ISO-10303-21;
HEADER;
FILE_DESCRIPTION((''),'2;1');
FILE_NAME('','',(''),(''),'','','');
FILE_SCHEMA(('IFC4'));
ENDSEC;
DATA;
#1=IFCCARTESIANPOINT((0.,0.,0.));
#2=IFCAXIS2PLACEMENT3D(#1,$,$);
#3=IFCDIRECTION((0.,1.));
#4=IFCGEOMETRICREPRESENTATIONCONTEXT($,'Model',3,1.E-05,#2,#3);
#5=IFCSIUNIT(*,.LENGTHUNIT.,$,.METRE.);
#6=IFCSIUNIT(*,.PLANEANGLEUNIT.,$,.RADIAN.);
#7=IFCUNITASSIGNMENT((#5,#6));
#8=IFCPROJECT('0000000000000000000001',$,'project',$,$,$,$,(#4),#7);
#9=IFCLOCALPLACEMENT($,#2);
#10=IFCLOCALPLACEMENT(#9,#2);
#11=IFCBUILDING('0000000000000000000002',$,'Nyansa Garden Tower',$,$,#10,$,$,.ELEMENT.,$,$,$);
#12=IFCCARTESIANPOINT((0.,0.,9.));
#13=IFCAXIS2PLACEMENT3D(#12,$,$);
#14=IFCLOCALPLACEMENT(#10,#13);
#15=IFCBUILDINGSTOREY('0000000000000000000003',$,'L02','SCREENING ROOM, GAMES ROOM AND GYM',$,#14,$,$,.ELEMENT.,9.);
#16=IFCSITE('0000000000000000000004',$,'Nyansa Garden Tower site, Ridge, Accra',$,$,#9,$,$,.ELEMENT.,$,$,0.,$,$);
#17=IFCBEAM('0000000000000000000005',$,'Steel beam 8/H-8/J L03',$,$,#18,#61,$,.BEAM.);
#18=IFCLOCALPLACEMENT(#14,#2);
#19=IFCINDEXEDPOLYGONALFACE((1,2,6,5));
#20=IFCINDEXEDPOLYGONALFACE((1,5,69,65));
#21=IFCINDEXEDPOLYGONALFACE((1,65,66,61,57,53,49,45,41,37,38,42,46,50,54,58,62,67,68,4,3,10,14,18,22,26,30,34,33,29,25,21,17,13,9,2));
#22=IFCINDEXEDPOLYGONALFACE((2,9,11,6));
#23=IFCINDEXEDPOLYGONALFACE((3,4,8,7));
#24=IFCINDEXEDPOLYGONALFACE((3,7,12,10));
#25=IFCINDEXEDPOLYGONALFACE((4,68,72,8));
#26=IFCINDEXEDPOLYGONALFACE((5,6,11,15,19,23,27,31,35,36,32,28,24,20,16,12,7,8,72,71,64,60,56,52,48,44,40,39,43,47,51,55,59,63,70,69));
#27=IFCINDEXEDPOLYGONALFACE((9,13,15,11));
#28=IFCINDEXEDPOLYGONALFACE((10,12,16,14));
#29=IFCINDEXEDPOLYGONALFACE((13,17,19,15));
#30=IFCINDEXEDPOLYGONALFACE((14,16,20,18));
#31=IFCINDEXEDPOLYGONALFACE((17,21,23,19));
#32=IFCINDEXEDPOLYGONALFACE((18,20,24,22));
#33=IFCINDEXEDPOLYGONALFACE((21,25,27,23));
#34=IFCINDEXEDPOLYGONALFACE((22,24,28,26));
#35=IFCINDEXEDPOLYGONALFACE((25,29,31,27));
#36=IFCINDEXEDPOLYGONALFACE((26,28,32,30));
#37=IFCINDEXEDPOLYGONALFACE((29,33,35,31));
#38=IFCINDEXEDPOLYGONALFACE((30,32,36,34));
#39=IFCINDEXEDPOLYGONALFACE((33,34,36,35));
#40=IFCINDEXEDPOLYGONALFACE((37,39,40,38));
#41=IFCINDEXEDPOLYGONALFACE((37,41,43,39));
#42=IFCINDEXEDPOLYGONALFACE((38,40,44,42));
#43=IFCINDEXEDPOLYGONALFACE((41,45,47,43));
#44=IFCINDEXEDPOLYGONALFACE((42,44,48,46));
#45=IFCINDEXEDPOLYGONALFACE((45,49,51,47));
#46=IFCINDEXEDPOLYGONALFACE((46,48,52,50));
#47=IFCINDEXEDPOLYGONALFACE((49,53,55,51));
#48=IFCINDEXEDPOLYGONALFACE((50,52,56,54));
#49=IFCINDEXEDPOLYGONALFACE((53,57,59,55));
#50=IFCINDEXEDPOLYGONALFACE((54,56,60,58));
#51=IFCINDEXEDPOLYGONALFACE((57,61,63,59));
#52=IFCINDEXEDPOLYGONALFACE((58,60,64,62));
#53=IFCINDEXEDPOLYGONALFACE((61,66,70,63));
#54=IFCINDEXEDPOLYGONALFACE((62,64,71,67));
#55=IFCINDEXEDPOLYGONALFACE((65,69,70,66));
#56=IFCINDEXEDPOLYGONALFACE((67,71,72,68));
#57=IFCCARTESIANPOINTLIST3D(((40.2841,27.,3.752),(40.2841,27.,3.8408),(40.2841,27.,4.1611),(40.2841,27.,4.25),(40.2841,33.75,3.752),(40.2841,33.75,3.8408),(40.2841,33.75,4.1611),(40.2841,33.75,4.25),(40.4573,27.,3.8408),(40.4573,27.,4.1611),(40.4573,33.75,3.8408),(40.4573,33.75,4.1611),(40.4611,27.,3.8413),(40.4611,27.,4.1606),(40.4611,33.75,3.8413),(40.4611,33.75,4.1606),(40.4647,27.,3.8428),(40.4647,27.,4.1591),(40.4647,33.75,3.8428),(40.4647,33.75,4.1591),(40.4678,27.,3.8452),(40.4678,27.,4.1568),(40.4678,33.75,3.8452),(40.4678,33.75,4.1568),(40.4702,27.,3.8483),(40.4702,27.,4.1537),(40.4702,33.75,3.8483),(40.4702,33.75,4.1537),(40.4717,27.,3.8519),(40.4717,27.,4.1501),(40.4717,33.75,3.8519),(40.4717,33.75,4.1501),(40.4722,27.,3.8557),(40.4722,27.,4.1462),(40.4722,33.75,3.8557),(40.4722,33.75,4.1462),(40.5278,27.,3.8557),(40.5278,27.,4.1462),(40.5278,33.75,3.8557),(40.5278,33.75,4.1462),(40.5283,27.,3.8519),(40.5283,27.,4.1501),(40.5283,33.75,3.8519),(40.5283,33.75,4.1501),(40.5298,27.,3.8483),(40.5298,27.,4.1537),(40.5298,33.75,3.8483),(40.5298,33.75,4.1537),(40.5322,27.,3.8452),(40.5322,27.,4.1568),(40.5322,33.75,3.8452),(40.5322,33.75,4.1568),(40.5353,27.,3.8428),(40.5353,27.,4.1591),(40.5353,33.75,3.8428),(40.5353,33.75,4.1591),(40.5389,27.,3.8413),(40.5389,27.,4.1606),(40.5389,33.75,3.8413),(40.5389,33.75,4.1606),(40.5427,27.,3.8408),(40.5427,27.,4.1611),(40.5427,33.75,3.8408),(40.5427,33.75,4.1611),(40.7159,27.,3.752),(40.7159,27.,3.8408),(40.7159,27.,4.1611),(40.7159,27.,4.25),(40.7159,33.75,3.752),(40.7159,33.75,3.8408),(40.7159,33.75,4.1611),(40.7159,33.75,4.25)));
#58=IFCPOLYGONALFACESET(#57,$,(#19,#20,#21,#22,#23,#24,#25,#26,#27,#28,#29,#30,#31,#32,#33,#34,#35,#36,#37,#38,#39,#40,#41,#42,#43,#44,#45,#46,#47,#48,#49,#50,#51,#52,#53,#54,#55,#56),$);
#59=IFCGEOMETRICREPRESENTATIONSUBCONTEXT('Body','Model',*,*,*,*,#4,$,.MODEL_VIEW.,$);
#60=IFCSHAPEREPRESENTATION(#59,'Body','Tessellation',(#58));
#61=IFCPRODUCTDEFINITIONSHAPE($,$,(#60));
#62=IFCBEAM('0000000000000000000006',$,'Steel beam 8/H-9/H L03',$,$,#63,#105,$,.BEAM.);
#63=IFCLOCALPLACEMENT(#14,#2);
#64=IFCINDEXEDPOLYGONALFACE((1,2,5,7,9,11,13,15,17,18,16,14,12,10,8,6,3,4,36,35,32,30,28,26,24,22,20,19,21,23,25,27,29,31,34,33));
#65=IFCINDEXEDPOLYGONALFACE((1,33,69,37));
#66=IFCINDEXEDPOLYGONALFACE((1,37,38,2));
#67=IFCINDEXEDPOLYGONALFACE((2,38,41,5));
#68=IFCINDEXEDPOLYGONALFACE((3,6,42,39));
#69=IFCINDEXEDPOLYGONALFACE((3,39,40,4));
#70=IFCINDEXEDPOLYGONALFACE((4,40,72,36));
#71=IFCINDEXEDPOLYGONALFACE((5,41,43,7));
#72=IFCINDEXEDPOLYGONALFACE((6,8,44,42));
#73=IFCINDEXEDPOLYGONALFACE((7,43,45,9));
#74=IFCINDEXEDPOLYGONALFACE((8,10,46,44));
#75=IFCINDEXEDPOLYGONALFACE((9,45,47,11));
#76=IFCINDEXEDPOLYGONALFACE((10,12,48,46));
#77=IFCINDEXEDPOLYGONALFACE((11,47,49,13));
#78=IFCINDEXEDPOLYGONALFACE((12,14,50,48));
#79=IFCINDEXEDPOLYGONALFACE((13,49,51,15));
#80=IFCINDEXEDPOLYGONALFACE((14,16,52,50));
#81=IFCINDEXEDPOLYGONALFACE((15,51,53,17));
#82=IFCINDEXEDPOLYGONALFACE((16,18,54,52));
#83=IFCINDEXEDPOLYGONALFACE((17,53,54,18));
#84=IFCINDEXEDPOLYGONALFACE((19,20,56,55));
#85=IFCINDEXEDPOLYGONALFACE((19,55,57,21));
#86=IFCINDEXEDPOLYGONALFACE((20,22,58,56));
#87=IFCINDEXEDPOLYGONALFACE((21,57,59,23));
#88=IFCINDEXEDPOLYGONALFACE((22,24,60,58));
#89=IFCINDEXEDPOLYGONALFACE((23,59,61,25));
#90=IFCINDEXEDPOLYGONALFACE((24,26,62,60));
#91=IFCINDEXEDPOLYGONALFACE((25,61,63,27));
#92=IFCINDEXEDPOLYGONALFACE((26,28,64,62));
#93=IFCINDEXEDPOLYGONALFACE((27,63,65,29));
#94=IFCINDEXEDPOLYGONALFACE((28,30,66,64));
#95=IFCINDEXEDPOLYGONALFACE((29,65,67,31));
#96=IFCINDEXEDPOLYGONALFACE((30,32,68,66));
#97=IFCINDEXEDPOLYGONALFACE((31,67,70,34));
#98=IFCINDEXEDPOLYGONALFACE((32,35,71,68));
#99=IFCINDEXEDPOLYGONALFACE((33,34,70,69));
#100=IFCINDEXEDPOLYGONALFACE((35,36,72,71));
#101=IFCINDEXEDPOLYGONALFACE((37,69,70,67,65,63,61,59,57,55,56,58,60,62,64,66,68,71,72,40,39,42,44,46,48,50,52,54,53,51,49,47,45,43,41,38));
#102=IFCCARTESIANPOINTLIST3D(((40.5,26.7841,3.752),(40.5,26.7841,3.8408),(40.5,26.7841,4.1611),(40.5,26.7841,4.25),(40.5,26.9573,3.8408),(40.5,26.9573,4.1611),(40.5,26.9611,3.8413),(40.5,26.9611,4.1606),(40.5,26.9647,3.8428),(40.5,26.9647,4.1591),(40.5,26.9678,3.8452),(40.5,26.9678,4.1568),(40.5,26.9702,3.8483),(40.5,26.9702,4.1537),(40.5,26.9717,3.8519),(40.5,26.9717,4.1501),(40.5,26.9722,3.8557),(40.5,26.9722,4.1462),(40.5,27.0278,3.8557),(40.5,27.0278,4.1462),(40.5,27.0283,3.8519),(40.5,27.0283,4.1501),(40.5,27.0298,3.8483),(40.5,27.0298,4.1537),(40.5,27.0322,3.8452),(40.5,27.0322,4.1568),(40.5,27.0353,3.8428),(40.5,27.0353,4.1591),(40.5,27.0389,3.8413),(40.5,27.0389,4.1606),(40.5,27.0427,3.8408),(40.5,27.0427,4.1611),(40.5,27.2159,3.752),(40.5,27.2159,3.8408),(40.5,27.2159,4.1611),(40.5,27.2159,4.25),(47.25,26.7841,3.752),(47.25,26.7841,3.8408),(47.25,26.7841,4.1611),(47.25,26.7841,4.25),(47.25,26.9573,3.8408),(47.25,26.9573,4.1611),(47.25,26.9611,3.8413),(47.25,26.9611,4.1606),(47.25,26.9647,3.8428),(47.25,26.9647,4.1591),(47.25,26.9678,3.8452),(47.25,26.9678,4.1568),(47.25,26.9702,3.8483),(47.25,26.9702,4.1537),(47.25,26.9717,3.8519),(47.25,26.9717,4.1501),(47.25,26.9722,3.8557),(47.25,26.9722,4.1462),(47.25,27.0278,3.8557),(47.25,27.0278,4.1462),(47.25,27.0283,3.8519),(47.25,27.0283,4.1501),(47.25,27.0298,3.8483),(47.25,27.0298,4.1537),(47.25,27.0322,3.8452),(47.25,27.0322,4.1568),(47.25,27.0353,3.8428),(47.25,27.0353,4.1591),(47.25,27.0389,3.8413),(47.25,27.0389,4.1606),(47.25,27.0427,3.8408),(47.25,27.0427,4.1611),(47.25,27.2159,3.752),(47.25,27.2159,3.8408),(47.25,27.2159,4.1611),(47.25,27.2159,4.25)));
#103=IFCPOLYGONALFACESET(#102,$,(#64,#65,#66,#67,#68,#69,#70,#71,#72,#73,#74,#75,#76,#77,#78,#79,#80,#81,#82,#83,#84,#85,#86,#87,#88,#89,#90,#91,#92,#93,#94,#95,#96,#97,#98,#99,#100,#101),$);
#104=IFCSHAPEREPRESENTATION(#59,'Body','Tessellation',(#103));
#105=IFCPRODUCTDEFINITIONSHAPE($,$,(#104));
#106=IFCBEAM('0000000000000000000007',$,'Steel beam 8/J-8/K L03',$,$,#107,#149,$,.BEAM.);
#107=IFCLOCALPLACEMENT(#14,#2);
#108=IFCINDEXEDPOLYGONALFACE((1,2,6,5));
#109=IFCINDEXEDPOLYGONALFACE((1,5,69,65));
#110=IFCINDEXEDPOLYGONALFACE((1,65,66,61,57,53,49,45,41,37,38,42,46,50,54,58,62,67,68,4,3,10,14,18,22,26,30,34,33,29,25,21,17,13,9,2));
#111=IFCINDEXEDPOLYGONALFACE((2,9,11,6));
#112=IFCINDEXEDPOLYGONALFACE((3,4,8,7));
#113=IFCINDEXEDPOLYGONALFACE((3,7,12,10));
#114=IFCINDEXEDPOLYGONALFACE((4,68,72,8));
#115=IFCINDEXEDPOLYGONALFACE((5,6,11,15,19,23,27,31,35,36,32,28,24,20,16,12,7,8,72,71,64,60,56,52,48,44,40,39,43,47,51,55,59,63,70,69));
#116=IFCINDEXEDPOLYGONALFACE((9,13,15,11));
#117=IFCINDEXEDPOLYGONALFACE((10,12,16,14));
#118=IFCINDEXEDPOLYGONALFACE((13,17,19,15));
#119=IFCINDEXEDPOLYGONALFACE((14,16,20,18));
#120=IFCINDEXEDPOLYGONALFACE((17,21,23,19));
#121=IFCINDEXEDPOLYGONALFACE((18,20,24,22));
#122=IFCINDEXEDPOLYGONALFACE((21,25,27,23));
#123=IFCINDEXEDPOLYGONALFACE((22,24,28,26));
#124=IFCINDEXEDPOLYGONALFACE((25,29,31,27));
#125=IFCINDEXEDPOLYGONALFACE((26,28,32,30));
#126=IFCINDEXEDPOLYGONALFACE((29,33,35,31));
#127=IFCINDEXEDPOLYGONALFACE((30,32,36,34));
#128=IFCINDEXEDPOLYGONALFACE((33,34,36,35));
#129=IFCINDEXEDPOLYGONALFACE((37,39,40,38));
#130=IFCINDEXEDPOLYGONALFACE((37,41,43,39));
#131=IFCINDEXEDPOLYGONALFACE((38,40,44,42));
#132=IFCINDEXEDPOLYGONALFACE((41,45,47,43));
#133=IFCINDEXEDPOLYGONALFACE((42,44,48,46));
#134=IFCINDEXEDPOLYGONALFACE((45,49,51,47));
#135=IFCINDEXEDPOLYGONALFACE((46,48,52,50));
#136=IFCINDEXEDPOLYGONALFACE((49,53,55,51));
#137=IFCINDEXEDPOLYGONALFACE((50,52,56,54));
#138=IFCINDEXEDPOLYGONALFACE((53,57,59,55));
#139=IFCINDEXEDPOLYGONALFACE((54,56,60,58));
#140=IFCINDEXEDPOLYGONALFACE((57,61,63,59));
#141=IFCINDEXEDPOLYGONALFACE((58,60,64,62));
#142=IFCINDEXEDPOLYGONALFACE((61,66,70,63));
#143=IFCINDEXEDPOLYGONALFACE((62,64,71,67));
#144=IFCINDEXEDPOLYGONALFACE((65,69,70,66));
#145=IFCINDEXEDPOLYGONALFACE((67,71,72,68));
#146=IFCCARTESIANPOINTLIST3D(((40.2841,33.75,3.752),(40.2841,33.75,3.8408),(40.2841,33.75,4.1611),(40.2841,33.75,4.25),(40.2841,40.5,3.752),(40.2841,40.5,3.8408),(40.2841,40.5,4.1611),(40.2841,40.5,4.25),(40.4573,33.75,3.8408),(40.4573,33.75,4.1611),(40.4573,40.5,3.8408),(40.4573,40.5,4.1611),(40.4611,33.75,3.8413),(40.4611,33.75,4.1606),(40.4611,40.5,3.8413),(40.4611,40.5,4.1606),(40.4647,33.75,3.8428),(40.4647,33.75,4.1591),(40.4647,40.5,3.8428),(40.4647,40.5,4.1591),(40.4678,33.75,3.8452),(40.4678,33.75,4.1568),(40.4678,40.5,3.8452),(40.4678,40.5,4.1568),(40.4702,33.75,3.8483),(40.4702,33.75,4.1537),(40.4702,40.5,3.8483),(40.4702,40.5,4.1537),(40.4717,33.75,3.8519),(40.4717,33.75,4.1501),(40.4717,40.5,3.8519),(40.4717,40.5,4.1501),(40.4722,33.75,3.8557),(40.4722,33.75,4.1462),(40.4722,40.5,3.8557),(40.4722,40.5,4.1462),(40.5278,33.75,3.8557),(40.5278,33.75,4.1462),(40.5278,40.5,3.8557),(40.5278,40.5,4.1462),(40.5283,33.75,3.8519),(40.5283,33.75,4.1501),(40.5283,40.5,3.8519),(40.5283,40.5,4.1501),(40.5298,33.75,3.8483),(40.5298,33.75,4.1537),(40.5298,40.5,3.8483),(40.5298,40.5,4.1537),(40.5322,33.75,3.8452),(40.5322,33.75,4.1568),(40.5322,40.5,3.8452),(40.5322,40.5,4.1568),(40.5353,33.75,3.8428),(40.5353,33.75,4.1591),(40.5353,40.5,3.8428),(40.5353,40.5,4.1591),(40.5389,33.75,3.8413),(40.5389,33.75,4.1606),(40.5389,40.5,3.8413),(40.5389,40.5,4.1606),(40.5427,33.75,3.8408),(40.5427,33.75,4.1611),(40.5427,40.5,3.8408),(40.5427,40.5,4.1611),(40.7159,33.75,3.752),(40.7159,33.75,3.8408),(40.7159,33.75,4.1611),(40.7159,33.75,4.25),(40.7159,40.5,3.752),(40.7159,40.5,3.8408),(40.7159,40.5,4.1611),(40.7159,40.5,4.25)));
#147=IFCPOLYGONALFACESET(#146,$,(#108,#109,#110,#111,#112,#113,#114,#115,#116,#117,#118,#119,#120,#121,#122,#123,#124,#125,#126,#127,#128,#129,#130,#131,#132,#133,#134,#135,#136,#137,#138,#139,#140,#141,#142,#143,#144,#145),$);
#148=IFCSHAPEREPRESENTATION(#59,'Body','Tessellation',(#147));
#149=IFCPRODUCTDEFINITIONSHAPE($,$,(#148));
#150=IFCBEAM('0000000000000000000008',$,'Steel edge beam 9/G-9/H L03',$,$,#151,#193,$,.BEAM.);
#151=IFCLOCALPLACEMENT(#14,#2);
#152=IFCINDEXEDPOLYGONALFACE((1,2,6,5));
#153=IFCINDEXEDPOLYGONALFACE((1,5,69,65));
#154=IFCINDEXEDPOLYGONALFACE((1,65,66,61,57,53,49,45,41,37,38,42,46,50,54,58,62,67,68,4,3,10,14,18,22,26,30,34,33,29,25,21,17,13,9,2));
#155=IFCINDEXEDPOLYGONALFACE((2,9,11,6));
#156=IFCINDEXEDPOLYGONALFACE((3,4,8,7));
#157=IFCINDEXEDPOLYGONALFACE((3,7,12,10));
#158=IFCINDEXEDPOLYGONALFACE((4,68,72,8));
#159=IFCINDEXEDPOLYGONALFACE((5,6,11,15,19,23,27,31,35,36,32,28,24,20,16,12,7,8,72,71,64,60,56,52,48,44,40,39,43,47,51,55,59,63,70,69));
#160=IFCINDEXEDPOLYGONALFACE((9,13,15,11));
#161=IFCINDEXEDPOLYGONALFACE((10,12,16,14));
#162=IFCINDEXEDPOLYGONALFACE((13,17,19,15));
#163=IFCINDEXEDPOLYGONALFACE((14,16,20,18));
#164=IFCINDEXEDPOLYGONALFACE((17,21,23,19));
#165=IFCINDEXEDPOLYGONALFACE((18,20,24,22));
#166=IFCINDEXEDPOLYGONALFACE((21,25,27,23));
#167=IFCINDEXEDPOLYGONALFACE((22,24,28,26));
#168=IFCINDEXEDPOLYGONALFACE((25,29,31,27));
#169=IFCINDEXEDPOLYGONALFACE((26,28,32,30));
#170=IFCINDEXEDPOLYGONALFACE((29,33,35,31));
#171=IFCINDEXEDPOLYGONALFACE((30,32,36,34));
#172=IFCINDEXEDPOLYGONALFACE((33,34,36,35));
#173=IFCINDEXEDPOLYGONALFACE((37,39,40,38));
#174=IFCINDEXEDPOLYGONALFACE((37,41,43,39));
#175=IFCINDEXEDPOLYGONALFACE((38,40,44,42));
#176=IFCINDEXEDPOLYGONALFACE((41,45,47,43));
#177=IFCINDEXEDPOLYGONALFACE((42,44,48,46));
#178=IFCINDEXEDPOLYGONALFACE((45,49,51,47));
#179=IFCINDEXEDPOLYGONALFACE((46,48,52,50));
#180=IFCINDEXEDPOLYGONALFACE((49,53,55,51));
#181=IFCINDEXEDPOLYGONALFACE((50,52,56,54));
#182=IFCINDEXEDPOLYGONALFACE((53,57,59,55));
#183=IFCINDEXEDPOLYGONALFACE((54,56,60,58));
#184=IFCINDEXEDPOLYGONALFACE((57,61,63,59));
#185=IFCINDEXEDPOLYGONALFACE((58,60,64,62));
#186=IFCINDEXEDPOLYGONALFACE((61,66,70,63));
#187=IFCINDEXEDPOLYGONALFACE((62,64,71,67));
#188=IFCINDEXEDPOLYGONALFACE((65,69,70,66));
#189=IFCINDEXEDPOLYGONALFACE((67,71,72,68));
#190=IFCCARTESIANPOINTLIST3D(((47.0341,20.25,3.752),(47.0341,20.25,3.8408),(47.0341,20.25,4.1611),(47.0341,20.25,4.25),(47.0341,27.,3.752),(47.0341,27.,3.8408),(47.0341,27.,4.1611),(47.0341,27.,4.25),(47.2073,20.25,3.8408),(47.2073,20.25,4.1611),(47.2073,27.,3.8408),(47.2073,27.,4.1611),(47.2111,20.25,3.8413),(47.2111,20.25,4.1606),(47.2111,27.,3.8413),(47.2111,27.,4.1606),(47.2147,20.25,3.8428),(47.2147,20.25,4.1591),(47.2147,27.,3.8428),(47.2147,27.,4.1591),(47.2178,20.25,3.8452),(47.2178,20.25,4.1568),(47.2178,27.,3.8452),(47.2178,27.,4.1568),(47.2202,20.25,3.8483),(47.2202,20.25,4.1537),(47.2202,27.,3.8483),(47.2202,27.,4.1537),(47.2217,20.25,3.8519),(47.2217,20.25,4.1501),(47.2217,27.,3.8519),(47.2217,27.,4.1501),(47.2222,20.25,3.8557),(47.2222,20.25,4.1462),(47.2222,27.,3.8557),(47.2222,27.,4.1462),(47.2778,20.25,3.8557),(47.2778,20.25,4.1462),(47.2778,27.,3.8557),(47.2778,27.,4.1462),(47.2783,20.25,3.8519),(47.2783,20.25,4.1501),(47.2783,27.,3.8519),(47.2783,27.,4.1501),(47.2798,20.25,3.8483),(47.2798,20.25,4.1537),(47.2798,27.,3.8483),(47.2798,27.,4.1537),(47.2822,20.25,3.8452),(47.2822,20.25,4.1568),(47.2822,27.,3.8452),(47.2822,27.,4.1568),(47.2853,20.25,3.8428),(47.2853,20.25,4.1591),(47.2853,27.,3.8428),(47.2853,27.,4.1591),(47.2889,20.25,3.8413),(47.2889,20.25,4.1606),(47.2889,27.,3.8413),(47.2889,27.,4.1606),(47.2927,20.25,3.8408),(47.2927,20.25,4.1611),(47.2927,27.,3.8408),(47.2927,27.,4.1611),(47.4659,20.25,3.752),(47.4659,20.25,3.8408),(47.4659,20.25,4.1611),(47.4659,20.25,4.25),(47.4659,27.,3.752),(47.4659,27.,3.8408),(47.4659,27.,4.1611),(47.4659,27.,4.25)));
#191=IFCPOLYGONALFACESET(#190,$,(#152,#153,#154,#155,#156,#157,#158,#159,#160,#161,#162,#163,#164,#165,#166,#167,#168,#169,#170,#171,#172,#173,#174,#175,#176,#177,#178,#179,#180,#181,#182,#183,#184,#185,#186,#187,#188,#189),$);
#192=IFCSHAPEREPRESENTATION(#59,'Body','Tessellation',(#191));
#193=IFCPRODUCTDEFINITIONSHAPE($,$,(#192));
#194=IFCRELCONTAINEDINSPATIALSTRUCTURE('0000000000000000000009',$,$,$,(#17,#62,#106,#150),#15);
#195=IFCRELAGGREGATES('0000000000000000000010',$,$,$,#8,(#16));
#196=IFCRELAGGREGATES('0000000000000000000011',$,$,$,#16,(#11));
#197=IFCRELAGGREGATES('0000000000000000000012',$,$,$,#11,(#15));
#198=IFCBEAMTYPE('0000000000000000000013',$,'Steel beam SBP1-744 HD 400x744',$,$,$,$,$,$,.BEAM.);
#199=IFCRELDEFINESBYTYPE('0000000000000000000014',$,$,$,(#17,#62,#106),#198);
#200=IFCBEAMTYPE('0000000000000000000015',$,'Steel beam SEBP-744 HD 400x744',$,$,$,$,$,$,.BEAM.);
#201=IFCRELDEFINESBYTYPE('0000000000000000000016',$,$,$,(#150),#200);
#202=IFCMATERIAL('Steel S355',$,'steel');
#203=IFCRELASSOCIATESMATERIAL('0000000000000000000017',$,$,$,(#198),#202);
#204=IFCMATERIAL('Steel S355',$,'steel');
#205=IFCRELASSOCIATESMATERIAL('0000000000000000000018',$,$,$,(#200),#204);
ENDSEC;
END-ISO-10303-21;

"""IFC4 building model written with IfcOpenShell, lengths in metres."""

from ifc_helpers import new_model, si_unit, direction, frame, origin, origin_2d, place, context, subcontext, project, spatial, i_section, extrude, material, material_profile, profile_set, type_object, element, save


model = new_model("IFC4")

# Units and contexts
model_context = context("Model", 3, precision=1e-05, world=origin(), true_north=direction((0.0, 1.0)))
body_context = subcontext(model_context, "Body", "Model", "MODEL_VIEW")
ifc_project = project(units=[si_unit("LENGTHUNIT", "METRE"), si_unit("PLANEANGLEUNIT", "RADIAN")], contexts=[model_context])

# Site, building, storey
site_placement = place(None, origin())
site = spatial("IfcSite", under=ifc_project, at=site_placement, Name="Nyansa Garden Tower site, Ridge, Accra", CompositionType="ELEMENT", RefElevation=0.0)
building_placement = place(site_placement, origin())
building = spatial("IfcBuilding", under=site, at=building_placement, Name="Nyansa Garden Tower", CompositionType="ELEMENT")
storey_placement = place(building_placement, frame((0.0, 0.0, 9.0)))
storey = spatial("IfcBuildingStorey", under=building, at=storey_placement, Name="L02", Description="SCREENING ROOM, GAMES ROOM AND GYM", CompositionType="ELEMENT", Elevation=9.0)

# Beams
ifc_material_1 = material(Name="Steel S355", Category="steel")
ifc_material_profile_1 = material_profile(ifc_material_1, i_section(OverallWidth=0.4319, OverallDepth=0.498, WebThickness=0.0557, FlangeThickness=0.0889, FilletRadius=0.0149, at=origin_2d()), Name="HD 400x744")
ifc_profile_set_1 = profile_set([ifc_material_profile_1], Name="Steel S355")
beam_type_1 = type_object("IfcBeamType", Name="Steel beam SBP1-744 HD 400x744", PredefinedType="BEAM", material=ifc_profile_set_1)
for number, where, z_axis, x_axis, name in (
    (1, (40.5, 27.0, 4.001), (0.0, 1.0, 0.0), (-1.0, 0.0, 0.0), "Steel beam 8/H-8/J L03"),
    (2, (40.5, 27.0, 4.001), (1.0, 0.0, 0.0), (0.0, 1.0, 0.0), "Steel beam 8/H-9/H L03"),
    (3, (40.5, 33.75, 4.001), (0.0, 1.0, 0.0), (-1.0, 0.0, 0.0), "Steel beam 8/J-8/K L03"),
):
    element("IfcBeam", number, at=place(storey_placement, frame(where, z_axis=z_axis, x_axis=x_axis)), inside=storey, type_object=beam_type_1, Name=name, PredefinedType="BEAM", context=body_context, shape_type="SweptSolid", body=[
        extrude(i_section(OverallWidth=0.4319, OverallDepth=0.498, WebThickness=0.0557, FlangeThickness=0.0889, FilletRadius=0.0149, at=origin_2d()), origin(), (0.0, 0.0, 1.0), 6.75),
    ])
ifc_material_2 = material(Name="Steel S355", Category="steel")
ifc_material_profile_2 = material_profile(ifc_material_2, i_section(OverallWidth=0.4319, OverallDepth=0.498, WebThickness=0.0557, FlangeThickness=0.0889, FilletRadius=0.0149, at=origin_2d()), Name="HD 400x744")
ifc_profile_set_2 = profile_set([ifc_material_profile_2], Name="Steel S355")
beam_type_2 = type_object("IfcBeamType", Name="Steel beam SEBP-744 HD 400x744", PredefinedType="BEAM", material=ifc_profile_set_2)
for number, where, z_axis, x_axis, name in (
    (4, (47.25, 20.25, 4.001), (0.0, 1.0, 0.0), (-1.0, 0.0, 0.0), "Steel edge beam 9/G-9/H L03"),
):
    element("IfcBeam", number, at=place(storey_placement, frame(where, z_axis=z_axis, x_axis=x_axis)), inside=storey, type_object=beam_type_2, Name=name, PredefinedType="BEAM", context=body_context, shape_type="SweptSolid", body=[
        extrude(i_section(OverallWidth=0.4319, OverallDepth=0.498, WebThickness=0.0557, FlangeThickness=0.0889, FilletRadius=0.0149, at=origin_2d()), origin(), (0.0, 0.0, 1.0), 6.75),
    ])

save(model, "model.ifc")
